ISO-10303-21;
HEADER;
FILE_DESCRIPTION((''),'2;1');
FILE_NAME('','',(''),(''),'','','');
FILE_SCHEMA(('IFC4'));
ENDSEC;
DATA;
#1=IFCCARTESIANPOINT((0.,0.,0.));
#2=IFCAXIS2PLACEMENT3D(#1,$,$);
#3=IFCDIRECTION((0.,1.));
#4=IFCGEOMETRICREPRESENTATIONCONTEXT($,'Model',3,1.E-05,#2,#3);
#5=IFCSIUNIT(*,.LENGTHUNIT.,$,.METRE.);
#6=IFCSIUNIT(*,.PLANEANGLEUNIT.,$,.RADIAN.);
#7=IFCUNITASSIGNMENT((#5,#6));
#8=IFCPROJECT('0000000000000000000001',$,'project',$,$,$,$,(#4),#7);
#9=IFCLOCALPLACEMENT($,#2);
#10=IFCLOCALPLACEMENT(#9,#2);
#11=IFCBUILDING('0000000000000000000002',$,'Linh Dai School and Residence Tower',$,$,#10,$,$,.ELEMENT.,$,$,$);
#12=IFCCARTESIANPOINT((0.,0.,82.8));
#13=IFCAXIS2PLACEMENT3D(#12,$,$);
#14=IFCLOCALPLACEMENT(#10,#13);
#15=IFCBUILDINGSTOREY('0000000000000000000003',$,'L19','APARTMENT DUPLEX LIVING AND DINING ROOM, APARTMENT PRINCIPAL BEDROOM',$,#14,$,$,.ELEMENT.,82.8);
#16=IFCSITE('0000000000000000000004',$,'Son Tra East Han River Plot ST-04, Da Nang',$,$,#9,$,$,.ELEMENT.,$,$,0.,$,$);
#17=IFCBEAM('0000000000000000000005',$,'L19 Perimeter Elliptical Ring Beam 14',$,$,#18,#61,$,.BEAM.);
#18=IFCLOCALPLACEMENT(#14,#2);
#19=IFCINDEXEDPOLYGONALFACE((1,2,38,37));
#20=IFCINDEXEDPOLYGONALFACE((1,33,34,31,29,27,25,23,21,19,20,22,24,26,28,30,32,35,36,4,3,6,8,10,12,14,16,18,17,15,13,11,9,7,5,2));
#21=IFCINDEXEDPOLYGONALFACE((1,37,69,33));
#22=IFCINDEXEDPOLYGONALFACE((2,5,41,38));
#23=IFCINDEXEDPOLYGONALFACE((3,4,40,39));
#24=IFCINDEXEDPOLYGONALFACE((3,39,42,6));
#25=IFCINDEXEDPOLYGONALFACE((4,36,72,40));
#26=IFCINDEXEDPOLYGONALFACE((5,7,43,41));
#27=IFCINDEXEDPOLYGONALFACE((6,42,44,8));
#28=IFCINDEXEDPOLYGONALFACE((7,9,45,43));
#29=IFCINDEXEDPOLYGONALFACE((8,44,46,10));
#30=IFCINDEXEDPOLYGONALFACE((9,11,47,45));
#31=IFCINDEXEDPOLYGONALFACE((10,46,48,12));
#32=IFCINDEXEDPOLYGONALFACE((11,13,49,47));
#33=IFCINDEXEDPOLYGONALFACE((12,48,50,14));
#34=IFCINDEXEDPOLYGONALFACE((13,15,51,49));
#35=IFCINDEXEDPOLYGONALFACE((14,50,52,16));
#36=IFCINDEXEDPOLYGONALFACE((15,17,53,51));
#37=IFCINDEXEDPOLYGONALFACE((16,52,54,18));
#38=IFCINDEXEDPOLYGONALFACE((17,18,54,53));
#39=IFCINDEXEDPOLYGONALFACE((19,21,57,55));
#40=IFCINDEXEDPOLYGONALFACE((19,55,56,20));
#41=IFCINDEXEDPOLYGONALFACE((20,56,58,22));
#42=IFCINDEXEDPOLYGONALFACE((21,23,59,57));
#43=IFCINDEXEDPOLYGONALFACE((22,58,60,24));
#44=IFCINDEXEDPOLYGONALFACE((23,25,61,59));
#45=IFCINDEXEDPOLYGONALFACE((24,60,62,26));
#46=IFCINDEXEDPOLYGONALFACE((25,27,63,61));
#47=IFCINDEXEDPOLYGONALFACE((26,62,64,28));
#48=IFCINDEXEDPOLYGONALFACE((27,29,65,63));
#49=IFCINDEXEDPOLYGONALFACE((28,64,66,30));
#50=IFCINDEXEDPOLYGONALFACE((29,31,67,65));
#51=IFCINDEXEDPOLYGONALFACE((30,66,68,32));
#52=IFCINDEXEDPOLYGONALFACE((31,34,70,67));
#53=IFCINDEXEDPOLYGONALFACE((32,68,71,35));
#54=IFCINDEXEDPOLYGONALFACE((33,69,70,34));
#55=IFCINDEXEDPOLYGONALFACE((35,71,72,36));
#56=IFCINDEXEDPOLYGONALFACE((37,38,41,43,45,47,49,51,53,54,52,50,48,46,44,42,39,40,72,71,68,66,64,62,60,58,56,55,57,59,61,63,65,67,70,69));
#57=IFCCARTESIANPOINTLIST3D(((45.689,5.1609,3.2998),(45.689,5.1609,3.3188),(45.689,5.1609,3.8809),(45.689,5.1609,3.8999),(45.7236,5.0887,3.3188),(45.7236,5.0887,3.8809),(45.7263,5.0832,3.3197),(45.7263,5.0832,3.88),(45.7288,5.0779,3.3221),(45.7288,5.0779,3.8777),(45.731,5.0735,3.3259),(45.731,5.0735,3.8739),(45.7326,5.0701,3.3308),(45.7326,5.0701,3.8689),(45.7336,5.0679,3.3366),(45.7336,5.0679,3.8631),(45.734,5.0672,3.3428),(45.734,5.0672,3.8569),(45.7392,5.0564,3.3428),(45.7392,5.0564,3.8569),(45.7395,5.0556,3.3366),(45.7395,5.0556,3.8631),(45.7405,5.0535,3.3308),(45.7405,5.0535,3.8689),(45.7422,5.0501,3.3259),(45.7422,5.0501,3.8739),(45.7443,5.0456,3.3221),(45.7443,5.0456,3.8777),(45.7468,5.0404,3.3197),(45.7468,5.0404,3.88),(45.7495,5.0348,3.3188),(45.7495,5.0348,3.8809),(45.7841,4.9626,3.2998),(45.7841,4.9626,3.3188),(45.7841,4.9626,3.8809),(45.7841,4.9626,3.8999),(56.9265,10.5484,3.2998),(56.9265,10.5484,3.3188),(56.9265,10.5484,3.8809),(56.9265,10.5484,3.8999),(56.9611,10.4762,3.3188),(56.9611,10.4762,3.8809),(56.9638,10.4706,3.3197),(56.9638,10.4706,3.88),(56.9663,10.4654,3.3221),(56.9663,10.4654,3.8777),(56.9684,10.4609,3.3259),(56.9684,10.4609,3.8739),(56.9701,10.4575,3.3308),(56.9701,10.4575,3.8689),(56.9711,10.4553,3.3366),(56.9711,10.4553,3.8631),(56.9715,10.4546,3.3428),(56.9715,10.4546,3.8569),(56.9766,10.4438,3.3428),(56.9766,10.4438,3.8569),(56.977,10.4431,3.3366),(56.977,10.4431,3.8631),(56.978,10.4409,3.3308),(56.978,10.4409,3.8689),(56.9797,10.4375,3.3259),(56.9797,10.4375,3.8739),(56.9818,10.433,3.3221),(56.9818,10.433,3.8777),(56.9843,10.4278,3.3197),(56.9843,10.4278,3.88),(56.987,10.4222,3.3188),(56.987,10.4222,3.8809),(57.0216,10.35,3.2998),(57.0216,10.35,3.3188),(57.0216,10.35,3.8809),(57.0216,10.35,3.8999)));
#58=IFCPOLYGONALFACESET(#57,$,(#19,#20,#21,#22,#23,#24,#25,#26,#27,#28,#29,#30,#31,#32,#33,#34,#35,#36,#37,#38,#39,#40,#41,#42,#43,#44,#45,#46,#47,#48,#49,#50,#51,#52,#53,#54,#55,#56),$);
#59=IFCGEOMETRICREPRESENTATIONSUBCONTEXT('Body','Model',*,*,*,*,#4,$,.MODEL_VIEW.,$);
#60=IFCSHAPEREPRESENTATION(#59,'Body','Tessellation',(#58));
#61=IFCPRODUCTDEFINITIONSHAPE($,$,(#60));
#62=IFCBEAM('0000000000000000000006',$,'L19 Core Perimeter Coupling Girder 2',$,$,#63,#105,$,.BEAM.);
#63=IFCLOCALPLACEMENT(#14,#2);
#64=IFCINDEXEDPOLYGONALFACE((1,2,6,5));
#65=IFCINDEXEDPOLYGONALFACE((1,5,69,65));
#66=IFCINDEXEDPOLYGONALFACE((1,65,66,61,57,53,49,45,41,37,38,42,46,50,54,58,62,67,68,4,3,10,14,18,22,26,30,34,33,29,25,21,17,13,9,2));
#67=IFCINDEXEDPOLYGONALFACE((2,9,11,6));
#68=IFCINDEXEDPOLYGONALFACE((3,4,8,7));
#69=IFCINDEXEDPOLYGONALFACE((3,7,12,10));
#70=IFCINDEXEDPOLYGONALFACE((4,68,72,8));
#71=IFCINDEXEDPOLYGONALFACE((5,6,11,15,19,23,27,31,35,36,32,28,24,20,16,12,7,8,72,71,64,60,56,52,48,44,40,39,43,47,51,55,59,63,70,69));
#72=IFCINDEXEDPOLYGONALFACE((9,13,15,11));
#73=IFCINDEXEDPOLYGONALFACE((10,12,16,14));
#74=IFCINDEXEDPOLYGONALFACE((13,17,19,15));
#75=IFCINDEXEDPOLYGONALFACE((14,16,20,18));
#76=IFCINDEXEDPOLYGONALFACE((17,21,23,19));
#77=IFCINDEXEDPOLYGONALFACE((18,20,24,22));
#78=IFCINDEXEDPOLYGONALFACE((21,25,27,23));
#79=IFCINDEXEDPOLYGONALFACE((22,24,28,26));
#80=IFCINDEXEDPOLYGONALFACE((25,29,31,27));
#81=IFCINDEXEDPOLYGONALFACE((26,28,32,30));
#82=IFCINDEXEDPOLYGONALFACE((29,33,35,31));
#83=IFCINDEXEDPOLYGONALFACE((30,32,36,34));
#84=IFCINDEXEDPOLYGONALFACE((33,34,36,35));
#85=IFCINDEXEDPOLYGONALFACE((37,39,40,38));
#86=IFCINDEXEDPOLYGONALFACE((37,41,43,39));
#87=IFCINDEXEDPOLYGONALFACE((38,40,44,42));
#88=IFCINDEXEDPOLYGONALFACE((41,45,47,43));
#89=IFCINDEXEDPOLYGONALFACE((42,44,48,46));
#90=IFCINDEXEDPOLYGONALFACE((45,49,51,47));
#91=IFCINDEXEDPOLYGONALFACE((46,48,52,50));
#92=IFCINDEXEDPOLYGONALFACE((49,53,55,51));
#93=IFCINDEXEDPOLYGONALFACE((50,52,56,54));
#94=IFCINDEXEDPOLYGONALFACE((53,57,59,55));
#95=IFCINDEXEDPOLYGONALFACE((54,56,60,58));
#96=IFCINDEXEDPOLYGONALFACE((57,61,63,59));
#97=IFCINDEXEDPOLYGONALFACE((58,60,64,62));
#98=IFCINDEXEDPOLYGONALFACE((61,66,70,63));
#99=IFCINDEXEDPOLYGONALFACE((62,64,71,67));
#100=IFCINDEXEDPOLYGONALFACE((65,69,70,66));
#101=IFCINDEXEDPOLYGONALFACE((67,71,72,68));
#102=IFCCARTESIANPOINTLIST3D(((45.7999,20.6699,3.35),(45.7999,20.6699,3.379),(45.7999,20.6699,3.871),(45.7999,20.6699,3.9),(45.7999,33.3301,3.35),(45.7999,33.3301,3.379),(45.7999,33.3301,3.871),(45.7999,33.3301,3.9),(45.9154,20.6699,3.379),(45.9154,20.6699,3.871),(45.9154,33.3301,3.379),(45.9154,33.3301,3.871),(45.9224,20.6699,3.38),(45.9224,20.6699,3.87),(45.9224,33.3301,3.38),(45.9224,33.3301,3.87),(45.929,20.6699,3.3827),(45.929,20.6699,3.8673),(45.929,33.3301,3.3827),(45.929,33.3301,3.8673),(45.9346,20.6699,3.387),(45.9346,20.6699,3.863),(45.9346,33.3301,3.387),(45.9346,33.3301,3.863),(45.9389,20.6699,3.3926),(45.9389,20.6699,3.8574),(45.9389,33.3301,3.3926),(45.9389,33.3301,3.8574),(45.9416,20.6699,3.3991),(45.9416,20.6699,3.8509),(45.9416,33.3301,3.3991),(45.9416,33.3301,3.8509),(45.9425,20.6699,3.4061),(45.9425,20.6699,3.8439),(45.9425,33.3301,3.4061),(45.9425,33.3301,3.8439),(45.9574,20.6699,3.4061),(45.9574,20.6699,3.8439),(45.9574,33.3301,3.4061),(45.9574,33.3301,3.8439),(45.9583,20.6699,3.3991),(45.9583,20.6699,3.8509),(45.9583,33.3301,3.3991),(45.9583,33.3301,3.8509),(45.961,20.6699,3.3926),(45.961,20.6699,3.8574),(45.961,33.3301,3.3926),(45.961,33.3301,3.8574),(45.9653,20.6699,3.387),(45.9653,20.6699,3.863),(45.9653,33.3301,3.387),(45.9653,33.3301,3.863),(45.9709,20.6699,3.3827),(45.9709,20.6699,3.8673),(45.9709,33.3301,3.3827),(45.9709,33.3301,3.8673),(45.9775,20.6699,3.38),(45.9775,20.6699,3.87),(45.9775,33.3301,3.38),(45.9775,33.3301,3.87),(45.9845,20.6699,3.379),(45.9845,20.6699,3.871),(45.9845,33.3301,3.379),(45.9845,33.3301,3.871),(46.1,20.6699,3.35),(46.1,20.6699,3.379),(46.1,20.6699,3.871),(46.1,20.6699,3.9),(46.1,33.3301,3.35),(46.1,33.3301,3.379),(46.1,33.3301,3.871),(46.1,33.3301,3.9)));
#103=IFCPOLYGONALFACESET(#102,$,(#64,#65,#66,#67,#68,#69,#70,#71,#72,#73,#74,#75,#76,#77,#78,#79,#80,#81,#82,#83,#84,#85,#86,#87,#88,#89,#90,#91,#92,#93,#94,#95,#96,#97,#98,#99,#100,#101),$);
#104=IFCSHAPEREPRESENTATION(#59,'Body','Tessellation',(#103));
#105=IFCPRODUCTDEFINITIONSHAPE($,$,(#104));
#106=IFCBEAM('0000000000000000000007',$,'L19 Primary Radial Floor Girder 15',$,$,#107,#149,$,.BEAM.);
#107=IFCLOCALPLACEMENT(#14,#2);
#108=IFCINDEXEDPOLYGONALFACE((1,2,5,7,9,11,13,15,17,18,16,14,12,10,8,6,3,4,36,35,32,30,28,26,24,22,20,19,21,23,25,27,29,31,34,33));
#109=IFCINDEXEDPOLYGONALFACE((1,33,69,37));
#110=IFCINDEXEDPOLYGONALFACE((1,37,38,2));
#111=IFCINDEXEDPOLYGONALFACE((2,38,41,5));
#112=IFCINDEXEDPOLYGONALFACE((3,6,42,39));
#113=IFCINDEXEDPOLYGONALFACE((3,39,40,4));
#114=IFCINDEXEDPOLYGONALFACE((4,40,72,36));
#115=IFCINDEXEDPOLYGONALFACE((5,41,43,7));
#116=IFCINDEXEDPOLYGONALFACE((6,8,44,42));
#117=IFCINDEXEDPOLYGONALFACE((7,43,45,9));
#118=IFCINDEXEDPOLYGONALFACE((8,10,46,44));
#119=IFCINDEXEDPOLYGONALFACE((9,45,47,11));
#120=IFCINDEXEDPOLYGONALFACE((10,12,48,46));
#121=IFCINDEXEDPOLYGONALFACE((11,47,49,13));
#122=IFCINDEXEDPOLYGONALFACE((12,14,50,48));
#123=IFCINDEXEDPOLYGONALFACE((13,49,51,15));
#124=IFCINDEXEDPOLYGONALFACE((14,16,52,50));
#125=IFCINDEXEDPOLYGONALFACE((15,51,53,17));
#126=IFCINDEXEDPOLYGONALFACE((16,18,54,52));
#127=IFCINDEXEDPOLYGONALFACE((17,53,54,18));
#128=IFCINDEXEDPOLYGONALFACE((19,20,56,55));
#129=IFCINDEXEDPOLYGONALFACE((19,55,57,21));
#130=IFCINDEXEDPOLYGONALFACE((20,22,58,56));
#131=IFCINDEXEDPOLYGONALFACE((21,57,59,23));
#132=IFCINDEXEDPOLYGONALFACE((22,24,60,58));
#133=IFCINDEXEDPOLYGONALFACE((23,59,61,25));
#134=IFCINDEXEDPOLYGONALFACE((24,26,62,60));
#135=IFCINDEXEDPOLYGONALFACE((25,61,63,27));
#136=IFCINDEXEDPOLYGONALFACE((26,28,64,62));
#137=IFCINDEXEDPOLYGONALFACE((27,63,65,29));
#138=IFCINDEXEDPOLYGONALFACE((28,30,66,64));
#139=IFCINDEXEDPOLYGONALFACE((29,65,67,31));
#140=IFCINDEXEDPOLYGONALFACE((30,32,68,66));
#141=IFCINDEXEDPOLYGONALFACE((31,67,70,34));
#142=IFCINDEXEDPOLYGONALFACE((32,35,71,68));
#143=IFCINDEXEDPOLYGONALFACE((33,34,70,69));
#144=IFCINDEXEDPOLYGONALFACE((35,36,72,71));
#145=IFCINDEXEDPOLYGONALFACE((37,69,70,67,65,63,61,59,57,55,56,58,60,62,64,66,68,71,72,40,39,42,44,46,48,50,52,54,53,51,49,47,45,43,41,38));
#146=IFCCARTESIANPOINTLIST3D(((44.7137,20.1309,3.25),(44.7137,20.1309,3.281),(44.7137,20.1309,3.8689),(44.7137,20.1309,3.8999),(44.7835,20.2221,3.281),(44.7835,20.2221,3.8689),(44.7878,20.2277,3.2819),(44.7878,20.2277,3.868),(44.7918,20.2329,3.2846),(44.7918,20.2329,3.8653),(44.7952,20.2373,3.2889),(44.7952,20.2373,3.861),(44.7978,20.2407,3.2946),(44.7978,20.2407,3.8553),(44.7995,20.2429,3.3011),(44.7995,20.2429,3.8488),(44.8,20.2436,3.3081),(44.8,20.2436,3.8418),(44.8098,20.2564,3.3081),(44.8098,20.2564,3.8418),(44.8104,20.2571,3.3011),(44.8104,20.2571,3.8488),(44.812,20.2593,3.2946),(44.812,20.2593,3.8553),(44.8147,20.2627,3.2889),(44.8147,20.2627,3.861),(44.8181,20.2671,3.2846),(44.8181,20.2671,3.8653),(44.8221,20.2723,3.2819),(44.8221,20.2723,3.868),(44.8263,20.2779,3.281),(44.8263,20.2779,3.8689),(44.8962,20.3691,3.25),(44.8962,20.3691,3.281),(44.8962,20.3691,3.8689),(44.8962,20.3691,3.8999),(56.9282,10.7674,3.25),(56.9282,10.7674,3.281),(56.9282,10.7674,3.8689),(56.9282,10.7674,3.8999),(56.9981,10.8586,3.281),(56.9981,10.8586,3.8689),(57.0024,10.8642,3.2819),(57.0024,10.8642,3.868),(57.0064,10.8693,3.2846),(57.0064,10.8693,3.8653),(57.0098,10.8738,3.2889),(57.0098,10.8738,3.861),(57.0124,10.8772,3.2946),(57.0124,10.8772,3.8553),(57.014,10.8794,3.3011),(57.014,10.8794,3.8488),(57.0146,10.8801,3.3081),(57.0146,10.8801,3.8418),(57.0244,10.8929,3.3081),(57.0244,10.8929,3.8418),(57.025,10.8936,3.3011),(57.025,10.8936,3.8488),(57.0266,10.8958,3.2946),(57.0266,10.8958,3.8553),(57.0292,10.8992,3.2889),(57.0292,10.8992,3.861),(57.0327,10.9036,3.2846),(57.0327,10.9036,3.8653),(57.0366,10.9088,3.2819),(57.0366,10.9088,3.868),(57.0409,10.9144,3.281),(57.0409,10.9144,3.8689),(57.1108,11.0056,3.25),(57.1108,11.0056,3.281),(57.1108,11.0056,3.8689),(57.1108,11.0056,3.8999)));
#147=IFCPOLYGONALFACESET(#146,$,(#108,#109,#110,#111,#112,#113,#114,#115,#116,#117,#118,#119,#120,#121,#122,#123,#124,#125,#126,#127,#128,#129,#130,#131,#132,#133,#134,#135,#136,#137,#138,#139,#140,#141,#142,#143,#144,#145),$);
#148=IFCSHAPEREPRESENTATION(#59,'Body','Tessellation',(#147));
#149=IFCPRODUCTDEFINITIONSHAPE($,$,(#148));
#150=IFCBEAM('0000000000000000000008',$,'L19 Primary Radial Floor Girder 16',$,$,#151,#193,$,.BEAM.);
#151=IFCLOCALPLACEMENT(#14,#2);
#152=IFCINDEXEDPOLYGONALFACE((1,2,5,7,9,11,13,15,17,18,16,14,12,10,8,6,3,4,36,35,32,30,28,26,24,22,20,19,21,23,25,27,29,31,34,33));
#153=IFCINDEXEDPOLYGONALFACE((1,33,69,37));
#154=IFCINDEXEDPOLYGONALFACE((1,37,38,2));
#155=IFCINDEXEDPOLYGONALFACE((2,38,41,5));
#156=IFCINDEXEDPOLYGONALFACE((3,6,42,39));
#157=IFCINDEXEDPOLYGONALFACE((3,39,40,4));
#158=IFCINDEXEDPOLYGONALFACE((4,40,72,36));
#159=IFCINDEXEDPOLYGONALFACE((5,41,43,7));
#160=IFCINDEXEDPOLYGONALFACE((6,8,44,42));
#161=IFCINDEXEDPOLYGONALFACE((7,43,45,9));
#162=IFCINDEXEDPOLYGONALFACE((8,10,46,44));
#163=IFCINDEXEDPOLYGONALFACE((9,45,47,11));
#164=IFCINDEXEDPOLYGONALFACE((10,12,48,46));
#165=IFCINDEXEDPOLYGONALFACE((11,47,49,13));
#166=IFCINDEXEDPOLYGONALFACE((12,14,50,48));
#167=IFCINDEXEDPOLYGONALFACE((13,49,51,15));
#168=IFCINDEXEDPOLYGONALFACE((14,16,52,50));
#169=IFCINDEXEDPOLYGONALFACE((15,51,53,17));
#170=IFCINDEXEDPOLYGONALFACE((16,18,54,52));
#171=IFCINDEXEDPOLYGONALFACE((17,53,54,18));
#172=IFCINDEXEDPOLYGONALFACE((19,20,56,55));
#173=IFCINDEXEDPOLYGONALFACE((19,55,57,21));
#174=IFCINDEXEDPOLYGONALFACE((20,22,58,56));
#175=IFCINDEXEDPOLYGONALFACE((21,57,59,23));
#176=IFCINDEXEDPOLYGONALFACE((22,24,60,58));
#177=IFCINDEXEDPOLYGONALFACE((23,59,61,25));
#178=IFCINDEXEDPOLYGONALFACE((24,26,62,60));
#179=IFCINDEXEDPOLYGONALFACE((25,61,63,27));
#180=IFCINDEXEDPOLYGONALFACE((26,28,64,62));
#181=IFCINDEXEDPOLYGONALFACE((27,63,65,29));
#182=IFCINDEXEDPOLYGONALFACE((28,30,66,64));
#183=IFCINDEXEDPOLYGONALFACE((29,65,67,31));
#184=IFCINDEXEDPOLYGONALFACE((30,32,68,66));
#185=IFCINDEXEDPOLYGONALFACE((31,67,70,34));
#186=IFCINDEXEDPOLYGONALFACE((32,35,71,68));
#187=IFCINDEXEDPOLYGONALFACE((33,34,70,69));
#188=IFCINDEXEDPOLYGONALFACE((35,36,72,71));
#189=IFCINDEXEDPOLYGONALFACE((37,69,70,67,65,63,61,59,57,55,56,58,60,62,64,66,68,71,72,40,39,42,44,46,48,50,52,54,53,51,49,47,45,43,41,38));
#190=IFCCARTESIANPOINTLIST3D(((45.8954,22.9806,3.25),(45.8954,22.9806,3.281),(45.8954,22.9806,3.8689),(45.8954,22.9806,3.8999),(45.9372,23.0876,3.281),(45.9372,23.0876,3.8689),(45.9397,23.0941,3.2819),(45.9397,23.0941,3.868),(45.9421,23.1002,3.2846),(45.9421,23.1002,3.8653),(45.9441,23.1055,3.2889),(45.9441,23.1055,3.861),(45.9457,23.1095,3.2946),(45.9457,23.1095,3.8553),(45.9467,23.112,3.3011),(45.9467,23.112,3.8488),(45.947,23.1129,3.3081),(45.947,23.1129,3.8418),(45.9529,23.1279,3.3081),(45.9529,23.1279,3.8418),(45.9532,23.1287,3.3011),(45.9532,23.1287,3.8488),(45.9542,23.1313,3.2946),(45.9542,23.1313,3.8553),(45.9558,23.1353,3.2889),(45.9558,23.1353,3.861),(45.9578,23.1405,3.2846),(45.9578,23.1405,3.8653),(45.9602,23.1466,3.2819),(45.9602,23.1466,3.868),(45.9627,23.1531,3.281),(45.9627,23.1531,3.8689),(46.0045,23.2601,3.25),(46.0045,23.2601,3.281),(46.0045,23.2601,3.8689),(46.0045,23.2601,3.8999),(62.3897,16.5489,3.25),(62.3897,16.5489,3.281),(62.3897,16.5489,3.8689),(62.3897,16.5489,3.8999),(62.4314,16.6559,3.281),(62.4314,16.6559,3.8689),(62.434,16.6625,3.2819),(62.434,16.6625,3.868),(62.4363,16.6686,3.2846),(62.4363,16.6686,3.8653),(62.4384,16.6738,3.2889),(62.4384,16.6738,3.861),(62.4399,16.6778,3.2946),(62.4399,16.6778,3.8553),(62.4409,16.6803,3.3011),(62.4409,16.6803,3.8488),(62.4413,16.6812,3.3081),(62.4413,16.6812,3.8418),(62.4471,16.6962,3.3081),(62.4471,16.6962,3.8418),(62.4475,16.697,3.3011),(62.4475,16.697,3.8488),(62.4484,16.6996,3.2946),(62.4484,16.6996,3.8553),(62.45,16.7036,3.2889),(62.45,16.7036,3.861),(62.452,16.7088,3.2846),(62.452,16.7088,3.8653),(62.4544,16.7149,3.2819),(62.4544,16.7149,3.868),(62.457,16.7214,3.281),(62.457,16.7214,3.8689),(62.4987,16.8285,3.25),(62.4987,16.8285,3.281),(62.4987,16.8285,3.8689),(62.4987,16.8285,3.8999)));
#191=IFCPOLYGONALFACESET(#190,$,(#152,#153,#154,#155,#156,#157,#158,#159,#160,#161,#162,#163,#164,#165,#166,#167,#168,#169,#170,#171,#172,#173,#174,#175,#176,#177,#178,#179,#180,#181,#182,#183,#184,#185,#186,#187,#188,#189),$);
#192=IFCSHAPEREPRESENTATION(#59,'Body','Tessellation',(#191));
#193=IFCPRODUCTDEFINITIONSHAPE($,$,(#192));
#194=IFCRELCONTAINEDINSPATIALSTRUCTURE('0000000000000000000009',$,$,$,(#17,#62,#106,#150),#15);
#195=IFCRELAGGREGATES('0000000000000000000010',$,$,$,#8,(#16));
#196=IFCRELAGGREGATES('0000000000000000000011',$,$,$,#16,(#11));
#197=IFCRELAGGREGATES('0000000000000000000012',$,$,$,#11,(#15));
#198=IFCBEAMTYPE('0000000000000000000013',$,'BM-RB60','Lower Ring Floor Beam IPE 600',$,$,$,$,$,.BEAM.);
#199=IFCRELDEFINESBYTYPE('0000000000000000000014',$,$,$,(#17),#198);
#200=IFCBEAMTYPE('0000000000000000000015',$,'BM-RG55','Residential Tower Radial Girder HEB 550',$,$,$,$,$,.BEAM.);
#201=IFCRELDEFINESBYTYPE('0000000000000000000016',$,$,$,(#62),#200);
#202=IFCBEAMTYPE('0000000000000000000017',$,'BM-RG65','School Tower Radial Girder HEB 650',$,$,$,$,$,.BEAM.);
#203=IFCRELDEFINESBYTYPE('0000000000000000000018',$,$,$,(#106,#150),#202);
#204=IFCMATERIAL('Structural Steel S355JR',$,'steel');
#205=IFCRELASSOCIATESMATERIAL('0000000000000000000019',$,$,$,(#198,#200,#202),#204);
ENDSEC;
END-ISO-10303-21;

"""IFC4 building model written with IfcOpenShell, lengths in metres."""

from ifc_helpers import new_model, si_unit, direction, frame, origin, origin_2d, place, context, subcontext, project, spatial, i_section, extrude, material, material_profile, profile_set, type_object, element, save


model = new_model("IFC4")

# Units and contexts
model_context = context("Model", 3, precision=1e-05, world=origin(), true_north=direction((0.0, 1.0)))
body_context = subcontext(model_context, "Body", "Model", "MODEL_VIEW")
ifc_project = project(units=[si_unit("LENGTHUNIT", "METRE"), si_unit("PLANEANGLEUNIT", "RADIAN")], contexts=[model_context])

# Site, building, storey
site_placement = place(None, origin())
site = spatial("IfcSite", under=ifc_project, at=site_placement, Name="Son Tra East Han River Plot ST-04, Da Nang", CompositionType="ELEMENT", RefElevation=0.0)
building_placement = place(site_placement, origin())
building = spatial("IfcBuilding", under=site, at=building_placement, Name="Linh Dai School and Residence Tower", CompositionType="ELEMENT")
storey_placement = place(building_placement, frame((0.0, 0.0, 82.8)))
storey = spatial("IfcBuildingStorey", under=building, at=storey_placement, Name="L19", Description="APARTMENT DUPLEX LIVING AND DINING ROOM, APARTMENT PRINCIPAL BEDROOM", CompositionType="ELEMENT", Elevation=82.8)

# Shared definitions
ifc_material_1 = material(Name="Structural Steel S355JR", Category="steel")

# Beams
ifc_material_profile_1 = material_profile(ifc_material_1, i_section(OverallWidth=0.22, OverallDepth=0.6001, WebThickness=0.012, FlangeThickness=0.019, FilletRadius=0.0239, at=origin_2d()), Name="IPE 600")
ifc_profile_set_1 = profile_set([ifc_material_profile_1], Name="Structural Steel S355JR")
beam_type_1 = type_object("IfcBeamType", Name="BM-RB60", Description="Lower Ring Floor Beam IPE 600", PredefinedType="BEAM", material=ifc_profile_set_1)
beam_1_placement = place(storey_placement, frame((45.7366, 5.0618, 3.5999), z_axis=(0.901729, 0.432302, 0.0), x_axis=(-0.432302, 0.901729, 0.0)))
element("IfcBeam", 1, at=beam_1_placement, inside=storey, type_object=beam_type_1, Name="L19 Perimeter Elliptical Ring Beam 14", PredefinedType="BEAM", context=body_context, shape_type="SweptSolid", body=[
    extrude(i_section(OverallWidth=0.22, OverallDepth=0.6001, WebThickness=0.012, FlangeThickness=0.019, FilletRadius=0.0239, at=origin_2d()), origin(), (0.0, 0.0, 1.0), 12.4622),
])
ifc_material_profile_2 = material_profile(ifc_material_1, i_section(OverallWidth=0.3, OverallDepth=0.55, WebThickness=0.0149, FlangeThickness=0.0291, FilletRadius=0.0271, at=origin_2d()), Name="HEB 550")
ifc_profile_set_2 = profile_set([ifc_material_profile_2], Name="Structural Steel S355JR")
beam_type_2 = type_object("IfcBeamType", Name="BM-RG55", Description="Residential Tower Radial Girder HEB 550", PredefinedType="BEAM", material=ifc_profile_set_2)
beam_2_placement = place(storey_placement, frame((45.95, 20.6699, 3.625), z_axis=(0.0, 1.0, 0.0), x_axis=(-1.0, 0.0, 0.0)))
element("IfcBeam", 2, at=beam_2_placement, inside=storey, type_object=beam_type_2, Name="L19 Core Perimeter Coupling Girder 2", PredefinedType="BEAM", context=body_context, shape_type="SweptSolid", body=[
    extrude(i_section(OverallWidth=0.3, OverallDepth=0.55, WebThickness=0.0149, FlangeThickness=0.0291, FilletRadius=0.0271, at=origin_2d()), origin(), (0.0, 0.0, 1.0), 12.6602),
])
ifc_material_profile_3 = material_profile(ifc_material_1, i_section(OverallWidth=0.3, OverallDepth=0.6499, WebThickness=0.0161, FlangeThickness=0.031, FilletRadius=0.0271, at=origin_2d()), Name="HEB 650")
ifc_profile_set_3 = profile_set([ifc_material_profile_3], Name="Structural Steel S355JR")
beam_type_3 = type_object("IfcBeamType", Name="BM-RG65", Description="School Tower Radial Girder HEB 650", PredefinedType="BEAM", material=ifc_profile_set_3)
beam_3_placement = place(storey_placement, frame((44.8049, 20.25, 3.575), z_axis=(0.793638, -0.608391, 0.0), x_axis=(0.608391, 0.793638, 0.0)))
element("IfcBeam", 3, at=beam_3_placement, inside=storey, type_object=beam_type_3, Name="L19 Primary Radial Floor Girder 15", PredefinedType="BEAM", context=body_context, shape_type="SweptSolid", body=[
    extrude(i_section(OverallWidth=0.3, OverallDepth=0.6499, WebThickness=0.0161, FlangeThickness=0.031, FilletRadius=0.0271, at=origin_2d()), origin(), (0.0, 0.0, 1.0), 15.3906),
])
beam_4_placement = place(storey_placement, frame((45.95, 23.1204, 3.575), z_axis=(0.931675, -0.363293, 0.0), x_axis=(0.363293, 0.931675, 0.0)))
element("IfcBeam", 4, at=beam_4_placement, inside=storey, type_object=beam_type_3, Name="L19 Primary Radial Floor Girder 16", PredefinedType="BEAM", context=body_context, shape_type="SweptSolid", body=[
    extrude(i_section(OverallWidth=0.3, OverallDepth=0.6499, WebThickness=0.0161, FlangeThickness=0.031, FilletRadius=0.0271, at=origin_2d()), origin(), (0.0, 0.0, 1.0), 17.7039),
])

save(model, "model.ifc")
